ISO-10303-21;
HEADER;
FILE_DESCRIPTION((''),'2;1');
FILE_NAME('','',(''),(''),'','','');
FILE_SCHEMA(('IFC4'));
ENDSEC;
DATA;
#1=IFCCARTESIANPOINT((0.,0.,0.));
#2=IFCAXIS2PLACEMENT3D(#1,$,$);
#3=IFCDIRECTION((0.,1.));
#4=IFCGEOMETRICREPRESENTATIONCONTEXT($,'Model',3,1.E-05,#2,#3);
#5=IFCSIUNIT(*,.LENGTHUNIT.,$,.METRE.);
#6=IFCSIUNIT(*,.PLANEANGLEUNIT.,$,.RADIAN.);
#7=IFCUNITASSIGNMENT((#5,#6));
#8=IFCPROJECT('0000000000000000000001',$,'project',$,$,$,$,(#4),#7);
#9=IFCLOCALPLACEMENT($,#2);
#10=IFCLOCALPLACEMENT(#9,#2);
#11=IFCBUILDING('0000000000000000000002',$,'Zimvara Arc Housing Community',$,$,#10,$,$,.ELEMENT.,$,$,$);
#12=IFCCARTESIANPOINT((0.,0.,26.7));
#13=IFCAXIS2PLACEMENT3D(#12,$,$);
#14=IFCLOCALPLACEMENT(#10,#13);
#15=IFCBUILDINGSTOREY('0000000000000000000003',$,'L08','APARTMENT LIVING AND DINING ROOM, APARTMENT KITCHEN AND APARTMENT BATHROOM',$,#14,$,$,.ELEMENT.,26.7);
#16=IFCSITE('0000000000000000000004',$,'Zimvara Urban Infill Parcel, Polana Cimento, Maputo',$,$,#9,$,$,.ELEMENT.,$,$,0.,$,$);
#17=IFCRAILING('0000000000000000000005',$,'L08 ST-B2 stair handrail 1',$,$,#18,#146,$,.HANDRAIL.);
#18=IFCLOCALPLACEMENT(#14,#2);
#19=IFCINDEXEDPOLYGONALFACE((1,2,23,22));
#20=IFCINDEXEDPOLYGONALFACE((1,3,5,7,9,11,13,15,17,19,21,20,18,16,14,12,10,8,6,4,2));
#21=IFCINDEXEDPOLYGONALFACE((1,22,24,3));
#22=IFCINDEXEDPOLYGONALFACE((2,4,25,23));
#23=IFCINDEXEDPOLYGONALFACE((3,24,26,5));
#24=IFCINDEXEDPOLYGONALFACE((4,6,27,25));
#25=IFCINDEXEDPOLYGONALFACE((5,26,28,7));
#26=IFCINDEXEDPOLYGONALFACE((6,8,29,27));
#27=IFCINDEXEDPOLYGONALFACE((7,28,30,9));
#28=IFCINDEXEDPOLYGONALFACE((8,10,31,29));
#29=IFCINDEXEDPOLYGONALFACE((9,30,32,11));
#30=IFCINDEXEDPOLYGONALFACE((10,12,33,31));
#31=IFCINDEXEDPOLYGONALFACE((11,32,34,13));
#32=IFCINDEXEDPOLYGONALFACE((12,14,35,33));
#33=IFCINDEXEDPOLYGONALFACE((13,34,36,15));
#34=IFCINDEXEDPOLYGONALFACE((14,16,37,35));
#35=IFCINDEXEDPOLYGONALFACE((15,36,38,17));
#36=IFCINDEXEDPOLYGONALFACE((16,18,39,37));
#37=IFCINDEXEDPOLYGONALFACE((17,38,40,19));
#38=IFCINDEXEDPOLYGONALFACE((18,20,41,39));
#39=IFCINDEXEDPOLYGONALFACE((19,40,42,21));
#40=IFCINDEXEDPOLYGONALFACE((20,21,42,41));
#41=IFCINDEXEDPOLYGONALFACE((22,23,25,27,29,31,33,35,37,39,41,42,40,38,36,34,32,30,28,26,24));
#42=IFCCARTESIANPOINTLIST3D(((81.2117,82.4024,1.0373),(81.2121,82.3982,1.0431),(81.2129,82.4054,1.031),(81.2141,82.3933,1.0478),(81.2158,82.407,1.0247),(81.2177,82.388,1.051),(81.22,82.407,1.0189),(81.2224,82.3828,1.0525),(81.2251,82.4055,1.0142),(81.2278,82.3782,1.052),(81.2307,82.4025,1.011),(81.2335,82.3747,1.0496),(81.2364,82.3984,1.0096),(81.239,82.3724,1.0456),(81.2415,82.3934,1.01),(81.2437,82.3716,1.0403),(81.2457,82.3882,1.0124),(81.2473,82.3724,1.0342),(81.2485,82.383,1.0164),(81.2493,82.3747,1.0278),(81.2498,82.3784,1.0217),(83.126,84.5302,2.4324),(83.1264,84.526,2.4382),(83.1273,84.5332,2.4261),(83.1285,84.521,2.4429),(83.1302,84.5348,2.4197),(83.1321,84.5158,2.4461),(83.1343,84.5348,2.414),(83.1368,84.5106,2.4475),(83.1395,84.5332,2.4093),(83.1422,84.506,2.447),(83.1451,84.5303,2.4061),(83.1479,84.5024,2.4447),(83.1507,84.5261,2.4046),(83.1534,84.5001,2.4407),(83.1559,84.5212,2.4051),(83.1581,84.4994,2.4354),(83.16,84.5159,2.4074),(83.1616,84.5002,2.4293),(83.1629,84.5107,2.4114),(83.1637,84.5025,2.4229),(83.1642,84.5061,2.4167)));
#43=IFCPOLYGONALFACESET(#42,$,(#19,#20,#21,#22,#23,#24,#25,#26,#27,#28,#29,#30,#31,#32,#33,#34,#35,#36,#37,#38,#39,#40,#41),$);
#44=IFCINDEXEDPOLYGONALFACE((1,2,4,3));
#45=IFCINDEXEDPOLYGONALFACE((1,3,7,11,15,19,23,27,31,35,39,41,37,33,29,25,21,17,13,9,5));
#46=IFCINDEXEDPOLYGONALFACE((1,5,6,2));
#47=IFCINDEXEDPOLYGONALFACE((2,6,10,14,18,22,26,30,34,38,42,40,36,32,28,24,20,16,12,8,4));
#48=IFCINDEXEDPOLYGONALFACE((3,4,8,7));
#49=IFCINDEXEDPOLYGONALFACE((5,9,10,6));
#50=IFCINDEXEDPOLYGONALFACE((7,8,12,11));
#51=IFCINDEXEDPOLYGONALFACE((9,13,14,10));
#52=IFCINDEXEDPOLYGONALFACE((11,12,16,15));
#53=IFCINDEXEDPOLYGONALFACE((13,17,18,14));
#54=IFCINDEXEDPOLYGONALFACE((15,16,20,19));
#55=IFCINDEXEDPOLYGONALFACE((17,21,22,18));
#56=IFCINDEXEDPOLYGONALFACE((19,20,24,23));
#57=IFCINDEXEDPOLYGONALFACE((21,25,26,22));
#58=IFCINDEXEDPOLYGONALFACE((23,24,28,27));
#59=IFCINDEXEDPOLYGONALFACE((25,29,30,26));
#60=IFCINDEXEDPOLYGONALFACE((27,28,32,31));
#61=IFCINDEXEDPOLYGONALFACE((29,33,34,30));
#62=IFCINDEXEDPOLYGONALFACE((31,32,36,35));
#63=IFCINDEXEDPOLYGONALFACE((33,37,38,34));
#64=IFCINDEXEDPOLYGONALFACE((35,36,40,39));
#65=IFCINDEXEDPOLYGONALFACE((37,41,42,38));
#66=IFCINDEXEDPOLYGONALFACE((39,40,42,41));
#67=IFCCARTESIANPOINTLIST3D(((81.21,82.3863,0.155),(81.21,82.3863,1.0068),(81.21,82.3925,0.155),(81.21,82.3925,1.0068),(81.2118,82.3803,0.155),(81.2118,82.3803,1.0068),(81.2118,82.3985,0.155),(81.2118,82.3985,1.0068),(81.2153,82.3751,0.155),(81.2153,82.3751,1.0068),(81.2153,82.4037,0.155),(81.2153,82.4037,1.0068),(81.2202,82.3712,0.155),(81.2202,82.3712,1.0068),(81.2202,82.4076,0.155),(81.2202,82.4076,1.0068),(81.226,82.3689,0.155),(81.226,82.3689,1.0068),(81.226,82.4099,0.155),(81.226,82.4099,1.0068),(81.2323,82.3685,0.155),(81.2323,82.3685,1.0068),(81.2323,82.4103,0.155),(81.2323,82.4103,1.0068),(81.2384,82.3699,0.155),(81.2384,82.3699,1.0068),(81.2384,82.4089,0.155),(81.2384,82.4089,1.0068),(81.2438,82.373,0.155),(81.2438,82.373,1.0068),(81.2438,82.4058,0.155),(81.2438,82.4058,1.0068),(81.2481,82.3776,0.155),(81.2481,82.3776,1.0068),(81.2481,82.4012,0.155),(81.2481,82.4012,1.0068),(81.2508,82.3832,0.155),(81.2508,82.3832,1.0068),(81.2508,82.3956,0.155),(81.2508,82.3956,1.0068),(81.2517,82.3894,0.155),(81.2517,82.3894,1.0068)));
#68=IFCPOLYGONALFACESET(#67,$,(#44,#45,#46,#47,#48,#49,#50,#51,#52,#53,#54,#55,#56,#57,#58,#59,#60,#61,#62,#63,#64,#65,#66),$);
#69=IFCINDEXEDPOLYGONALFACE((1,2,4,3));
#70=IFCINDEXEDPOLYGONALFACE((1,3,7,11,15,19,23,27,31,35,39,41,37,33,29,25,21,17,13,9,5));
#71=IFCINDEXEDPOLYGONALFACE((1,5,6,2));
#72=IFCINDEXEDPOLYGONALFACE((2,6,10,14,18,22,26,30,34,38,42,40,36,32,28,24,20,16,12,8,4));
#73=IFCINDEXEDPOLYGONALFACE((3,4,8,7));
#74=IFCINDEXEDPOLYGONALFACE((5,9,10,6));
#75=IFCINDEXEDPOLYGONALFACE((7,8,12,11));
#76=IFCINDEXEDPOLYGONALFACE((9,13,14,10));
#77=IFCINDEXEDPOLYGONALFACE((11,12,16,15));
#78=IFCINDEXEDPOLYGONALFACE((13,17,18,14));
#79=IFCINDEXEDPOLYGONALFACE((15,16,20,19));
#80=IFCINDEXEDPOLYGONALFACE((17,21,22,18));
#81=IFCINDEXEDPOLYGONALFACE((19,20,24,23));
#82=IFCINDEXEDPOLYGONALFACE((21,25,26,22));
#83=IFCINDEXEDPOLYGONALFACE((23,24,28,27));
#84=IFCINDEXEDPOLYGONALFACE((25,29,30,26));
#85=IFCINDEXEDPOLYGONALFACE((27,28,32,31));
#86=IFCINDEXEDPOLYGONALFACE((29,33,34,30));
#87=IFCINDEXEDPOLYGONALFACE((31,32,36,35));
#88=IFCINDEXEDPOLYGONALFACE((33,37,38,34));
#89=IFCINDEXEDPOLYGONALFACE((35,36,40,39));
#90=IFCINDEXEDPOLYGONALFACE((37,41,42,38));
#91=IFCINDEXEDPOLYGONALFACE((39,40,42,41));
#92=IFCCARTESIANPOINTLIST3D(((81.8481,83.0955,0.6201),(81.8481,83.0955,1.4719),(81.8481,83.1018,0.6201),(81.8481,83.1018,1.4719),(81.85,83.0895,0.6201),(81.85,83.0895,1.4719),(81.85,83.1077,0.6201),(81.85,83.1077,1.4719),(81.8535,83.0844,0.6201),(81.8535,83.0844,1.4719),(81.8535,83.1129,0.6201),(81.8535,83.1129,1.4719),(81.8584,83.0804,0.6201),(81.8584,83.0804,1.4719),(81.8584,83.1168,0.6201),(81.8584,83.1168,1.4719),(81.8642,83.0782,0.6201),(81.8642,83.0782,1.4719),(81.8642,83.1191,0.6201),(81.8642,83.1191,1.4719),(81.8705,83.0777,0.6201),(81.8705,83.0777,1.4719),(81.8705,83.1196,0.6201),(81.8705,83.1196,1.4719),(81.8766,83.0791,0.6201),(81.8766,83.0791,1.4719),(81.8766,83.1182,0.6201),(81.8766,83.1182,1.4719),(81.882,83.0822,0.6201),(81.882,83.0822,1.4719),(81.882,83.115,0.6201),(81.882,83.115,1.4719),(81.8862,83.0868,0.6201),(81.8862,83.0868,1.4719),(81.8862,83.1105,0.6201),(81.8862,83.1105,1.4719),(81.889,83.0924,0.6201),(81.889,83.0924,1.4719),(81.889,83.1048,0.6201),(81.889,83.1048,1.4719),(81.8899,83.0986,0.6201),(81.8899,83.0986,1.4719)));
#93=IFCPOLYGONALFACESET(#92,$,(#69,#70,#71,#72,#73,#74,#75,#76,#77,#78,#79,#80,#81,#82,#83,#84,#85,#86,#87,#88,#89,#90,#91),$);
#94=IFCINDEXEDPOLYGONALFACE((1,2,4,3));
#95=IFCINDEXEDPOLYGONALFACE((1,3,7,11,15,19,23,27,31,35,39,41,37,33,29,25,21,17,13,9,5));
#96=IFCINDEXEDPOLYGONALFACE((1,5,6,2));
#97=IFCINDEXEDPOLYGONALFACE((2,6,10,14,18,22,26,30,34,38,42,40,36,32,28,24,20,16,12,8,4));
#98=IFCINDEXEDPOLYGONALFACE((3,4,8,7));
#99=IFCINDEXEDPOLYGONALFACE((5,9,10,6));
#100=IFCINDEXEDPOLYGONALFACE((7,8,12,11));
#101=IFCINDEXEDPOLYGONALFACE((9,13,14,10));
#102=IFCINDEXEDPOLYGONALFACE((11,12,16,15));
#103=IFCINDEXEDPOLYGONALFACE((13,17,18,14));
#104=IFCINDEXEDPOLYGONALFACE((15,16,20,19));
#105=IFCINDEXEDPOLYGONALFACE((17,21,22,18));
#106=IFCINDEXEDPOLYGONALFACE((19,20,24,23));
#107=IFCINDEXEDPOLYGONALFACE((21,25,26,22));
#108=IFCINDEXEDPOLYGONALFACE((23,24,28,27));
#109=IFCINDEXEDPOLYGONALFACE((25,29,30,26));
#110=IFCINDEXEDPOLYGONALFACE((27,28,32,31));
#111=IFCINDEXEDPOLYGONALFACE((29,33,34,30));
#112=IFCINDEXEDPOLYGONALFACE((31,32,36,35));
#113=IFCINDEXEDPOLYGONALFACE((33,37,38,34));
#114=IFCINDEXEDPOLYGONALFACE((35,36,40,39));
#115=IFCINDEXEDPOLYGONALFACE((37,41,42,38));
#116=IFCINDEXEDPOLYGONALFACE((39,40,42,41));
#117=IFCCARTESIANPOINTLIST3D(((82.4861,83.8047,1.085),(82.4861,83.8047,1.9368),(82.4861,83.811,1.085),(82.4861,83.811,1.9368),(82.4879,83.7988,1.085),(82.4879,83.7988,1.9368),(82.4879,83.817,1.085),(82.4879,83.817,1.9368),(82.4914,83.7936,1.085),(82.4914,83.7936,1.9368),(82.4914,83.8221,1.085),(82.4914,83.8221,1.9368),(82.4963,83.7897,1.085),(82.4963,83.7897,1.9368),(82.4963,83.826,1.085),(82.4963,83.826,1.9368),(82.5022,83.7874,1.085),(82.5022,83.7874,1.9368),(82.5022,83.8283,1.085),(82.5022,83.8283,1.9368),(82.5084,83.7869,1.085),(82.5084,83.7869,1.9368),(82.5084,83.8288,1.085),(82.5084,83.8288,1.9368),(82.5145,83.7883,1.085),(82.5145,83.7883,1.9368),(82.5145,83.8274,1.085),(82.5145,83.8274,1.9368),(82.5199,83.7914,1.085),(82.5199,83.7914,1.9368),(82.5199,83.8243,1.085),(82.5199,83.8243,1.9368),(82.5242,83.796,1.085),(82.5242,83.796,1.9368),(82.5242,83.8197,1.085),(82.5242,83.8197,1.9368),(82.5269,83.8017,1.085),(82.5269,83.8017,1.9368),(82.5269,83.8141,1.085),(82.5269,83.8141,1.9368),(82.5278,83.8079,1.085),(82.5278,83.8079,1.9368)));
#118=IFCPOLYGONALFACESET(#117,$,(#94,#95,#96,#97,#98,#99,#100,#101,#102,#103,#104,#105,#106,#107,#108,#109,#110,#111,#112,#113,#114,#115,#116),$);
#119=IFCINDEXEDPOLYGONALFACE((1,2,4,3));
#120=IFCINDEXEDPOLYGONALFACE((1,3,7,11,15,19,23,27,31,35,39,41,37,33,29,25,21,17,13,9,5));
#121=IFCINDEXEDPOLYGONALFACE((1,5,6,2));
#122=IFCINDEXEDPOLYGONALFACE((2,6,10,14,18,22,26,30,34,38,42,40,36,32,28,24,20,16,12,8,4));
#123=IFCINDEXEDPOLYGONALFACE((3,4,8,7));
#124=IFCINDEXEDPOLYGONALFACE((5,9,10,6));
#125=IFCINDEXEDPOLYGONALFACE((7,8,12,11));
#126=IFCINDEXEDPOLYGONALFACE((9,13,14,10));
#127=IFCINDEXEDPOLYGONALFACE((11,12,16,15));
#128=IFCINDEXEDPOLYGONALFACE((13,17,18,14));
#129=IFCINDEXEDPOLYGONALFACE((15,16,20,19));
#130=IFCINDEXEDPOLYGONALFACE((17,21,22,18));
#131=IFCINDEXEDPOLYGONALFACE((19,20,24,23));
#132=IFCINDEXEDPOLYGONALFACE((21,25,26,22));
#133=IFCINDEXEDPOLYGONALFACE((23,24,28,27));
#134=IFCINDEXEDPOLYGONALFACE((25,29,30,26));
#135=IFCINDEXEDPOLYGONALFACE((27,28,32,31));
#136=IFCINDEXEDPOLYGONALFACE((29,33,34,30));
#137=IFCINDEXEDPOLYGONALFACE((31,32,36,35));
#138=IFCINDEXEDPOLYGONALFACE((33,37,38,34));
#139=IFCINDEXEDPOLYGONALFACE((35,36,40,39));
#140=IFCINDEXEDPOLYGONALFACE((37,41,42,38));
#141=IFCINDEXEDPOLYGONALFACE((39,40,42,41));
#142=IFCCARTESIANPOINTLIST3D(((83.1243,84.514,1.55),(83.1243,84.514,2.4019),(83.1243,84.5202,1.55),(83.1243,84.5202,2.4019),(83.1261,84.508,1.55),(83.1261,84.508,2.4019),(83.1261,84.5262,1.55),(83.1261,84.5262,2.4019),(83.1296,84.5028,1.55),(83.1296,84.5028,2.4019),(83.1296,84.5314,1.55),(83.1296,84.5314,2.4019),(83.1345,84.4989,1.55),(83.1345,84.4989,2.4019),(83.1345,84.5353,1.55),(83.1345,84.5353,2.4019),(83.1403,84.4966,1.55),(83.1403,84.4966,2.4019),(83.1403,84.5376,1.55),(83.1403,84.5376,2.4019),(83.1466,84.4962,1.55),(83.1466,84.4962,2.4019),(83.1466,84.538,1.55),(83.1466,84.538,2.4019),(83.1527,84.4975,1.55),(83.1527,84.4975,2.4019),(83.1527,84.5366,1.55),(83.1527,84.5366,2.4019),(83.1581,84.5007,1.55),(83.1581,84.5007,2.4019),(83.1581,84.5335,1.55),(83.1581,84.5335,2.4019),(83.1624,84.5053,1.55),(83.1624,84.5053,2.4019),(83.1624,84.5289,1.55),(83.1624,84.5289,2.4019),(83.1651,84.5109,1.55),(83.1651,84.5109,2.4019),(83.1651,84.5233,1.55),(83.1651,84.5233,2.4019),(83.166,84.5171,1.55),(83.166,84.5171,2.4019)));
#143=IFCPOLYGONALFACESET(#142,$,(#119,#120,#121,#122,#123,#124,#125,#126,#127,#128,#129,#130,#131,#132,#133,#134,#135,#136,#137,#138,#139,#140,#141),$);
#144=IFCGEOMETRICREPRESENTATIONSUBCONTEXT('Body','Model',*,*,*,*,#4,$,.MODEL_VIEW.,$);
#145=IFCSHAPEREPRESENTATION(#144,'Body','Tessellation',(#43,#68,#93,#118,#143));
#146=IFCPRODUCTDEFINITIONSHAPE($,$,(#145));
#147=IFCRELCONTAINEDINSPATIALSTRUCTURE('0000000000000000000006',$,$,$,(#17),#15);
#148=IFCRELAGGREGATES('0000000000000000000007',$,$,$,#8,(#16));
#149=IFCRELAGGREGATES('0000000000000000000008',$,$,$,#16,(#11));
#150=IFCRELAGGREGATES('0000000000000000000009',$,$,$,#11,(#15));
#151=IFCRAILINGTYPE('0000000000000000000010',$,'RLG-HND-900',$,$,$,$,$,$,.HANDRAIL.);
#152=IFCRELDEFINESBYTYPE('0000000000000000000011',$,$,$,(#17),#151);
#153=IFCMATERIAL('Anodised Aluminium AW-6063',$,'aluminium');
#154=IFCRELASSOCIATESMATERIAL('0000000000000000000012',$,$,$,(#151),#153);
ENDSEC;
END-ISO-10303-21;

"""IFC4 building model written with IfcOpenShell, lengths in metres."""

from ifc_helpers import new_model, si_unit, direction, frame, origin, origin_2d, place, context, subcontext, project, spatial, circle, extrude, material, type_object, element, save


model = new_model("IFC4")

# Units and contexts
model_context = context("Model", 3, precision=1e-05, world=origin(), true_north=direction((0.0, 1.0)))
body_context = subcontext(model_context, "Body", "Model", "MODEL_VIEW")
ifc_project = project(units=[si_unit("LENGTHUNIT", "METRE"), si_unit("PLANEANGLEUNIT", "RADIAN")], contexts=[model_context])

# Site, building, storey
site_placement = place(None, origin())
site = spatial("IfcSite", under=ifc_project, at=site_placement, Name="Zimvara Urban Infill Parcel, Polana Cimento, Maputo", CompositionType="ELEMENT", RefElevation=0.0)
building_placement = place(site_placement, origin())
building = spatial("IfcBuilding", under=site, at=building_placement, Name="Zimvara Arc Housing Community", CompositionType="ELEMENT")
storey_placement = place(building_placement, frame((0.0, 0.0, 26.7)))
storey = spatial("IfcBuildingStorey", under=building, at=storey_placement, Name="L08", Description="APARTMENT LIVING AND DINING ROOM, APARTMENT KITCHEN AND APARTMENT BATHROOM", CompositionType="ELEMENT", Elevation=26.7)

# Railing
ifc_material_1 = material(Name="Anodised Aluminium AW-6063", Category="aluminium")
railing_type_1 = type_object("IfcRailingType", Name="RLG-HND-900", PredefinedType="HANDRAIL", material=ifc_material_1)
railing_1_placement = place(storey_placement, frame((81.2307, 82.3894, 0.155)))
element("IfcRailing", 1, at=railing_1_placement, inside=storey, type_object=railing_type_1, Name="L08 ST-B2 stair handrail 1", PredefinedType="HANDRAIL", context=body_context, shape_type="SweptSolid", body=[
    extrude(circle(Radius=0.0239, at=origin_2d()), frame((0.0, 0.0, 0.876), z_axis=(0.601232, 0.668248, 0.438138), x_axis=(-0.7434, 0.668847, 0.0)), (0.0, 0.0, 1.0), 3.1841),
    extrude(circle(Radius=0.021, at=origin_2d()), origin(), (0.0, 0.0, 1.0), 0.8518),
    extrude(circle(Radius=0.021, at=origin_2d()), frame((0.6382, 0.7092, 0.4651)), (0.0, 0.0, 1.0), 0.8518),
    extrude(circle(Radius=0.021, at=origin_2d()), frame((1.2761, 1.4185, 0.9299)), (0.0, 0.0, 1.0), 0.8518),
    extrude(circle(Radius=0.021, at=origin_2d()), frame((1.9143, 2.1277, 1.395)), (0.0, 0.0, 1.0), 0.8518),
])

save(model, "model.ifc")
